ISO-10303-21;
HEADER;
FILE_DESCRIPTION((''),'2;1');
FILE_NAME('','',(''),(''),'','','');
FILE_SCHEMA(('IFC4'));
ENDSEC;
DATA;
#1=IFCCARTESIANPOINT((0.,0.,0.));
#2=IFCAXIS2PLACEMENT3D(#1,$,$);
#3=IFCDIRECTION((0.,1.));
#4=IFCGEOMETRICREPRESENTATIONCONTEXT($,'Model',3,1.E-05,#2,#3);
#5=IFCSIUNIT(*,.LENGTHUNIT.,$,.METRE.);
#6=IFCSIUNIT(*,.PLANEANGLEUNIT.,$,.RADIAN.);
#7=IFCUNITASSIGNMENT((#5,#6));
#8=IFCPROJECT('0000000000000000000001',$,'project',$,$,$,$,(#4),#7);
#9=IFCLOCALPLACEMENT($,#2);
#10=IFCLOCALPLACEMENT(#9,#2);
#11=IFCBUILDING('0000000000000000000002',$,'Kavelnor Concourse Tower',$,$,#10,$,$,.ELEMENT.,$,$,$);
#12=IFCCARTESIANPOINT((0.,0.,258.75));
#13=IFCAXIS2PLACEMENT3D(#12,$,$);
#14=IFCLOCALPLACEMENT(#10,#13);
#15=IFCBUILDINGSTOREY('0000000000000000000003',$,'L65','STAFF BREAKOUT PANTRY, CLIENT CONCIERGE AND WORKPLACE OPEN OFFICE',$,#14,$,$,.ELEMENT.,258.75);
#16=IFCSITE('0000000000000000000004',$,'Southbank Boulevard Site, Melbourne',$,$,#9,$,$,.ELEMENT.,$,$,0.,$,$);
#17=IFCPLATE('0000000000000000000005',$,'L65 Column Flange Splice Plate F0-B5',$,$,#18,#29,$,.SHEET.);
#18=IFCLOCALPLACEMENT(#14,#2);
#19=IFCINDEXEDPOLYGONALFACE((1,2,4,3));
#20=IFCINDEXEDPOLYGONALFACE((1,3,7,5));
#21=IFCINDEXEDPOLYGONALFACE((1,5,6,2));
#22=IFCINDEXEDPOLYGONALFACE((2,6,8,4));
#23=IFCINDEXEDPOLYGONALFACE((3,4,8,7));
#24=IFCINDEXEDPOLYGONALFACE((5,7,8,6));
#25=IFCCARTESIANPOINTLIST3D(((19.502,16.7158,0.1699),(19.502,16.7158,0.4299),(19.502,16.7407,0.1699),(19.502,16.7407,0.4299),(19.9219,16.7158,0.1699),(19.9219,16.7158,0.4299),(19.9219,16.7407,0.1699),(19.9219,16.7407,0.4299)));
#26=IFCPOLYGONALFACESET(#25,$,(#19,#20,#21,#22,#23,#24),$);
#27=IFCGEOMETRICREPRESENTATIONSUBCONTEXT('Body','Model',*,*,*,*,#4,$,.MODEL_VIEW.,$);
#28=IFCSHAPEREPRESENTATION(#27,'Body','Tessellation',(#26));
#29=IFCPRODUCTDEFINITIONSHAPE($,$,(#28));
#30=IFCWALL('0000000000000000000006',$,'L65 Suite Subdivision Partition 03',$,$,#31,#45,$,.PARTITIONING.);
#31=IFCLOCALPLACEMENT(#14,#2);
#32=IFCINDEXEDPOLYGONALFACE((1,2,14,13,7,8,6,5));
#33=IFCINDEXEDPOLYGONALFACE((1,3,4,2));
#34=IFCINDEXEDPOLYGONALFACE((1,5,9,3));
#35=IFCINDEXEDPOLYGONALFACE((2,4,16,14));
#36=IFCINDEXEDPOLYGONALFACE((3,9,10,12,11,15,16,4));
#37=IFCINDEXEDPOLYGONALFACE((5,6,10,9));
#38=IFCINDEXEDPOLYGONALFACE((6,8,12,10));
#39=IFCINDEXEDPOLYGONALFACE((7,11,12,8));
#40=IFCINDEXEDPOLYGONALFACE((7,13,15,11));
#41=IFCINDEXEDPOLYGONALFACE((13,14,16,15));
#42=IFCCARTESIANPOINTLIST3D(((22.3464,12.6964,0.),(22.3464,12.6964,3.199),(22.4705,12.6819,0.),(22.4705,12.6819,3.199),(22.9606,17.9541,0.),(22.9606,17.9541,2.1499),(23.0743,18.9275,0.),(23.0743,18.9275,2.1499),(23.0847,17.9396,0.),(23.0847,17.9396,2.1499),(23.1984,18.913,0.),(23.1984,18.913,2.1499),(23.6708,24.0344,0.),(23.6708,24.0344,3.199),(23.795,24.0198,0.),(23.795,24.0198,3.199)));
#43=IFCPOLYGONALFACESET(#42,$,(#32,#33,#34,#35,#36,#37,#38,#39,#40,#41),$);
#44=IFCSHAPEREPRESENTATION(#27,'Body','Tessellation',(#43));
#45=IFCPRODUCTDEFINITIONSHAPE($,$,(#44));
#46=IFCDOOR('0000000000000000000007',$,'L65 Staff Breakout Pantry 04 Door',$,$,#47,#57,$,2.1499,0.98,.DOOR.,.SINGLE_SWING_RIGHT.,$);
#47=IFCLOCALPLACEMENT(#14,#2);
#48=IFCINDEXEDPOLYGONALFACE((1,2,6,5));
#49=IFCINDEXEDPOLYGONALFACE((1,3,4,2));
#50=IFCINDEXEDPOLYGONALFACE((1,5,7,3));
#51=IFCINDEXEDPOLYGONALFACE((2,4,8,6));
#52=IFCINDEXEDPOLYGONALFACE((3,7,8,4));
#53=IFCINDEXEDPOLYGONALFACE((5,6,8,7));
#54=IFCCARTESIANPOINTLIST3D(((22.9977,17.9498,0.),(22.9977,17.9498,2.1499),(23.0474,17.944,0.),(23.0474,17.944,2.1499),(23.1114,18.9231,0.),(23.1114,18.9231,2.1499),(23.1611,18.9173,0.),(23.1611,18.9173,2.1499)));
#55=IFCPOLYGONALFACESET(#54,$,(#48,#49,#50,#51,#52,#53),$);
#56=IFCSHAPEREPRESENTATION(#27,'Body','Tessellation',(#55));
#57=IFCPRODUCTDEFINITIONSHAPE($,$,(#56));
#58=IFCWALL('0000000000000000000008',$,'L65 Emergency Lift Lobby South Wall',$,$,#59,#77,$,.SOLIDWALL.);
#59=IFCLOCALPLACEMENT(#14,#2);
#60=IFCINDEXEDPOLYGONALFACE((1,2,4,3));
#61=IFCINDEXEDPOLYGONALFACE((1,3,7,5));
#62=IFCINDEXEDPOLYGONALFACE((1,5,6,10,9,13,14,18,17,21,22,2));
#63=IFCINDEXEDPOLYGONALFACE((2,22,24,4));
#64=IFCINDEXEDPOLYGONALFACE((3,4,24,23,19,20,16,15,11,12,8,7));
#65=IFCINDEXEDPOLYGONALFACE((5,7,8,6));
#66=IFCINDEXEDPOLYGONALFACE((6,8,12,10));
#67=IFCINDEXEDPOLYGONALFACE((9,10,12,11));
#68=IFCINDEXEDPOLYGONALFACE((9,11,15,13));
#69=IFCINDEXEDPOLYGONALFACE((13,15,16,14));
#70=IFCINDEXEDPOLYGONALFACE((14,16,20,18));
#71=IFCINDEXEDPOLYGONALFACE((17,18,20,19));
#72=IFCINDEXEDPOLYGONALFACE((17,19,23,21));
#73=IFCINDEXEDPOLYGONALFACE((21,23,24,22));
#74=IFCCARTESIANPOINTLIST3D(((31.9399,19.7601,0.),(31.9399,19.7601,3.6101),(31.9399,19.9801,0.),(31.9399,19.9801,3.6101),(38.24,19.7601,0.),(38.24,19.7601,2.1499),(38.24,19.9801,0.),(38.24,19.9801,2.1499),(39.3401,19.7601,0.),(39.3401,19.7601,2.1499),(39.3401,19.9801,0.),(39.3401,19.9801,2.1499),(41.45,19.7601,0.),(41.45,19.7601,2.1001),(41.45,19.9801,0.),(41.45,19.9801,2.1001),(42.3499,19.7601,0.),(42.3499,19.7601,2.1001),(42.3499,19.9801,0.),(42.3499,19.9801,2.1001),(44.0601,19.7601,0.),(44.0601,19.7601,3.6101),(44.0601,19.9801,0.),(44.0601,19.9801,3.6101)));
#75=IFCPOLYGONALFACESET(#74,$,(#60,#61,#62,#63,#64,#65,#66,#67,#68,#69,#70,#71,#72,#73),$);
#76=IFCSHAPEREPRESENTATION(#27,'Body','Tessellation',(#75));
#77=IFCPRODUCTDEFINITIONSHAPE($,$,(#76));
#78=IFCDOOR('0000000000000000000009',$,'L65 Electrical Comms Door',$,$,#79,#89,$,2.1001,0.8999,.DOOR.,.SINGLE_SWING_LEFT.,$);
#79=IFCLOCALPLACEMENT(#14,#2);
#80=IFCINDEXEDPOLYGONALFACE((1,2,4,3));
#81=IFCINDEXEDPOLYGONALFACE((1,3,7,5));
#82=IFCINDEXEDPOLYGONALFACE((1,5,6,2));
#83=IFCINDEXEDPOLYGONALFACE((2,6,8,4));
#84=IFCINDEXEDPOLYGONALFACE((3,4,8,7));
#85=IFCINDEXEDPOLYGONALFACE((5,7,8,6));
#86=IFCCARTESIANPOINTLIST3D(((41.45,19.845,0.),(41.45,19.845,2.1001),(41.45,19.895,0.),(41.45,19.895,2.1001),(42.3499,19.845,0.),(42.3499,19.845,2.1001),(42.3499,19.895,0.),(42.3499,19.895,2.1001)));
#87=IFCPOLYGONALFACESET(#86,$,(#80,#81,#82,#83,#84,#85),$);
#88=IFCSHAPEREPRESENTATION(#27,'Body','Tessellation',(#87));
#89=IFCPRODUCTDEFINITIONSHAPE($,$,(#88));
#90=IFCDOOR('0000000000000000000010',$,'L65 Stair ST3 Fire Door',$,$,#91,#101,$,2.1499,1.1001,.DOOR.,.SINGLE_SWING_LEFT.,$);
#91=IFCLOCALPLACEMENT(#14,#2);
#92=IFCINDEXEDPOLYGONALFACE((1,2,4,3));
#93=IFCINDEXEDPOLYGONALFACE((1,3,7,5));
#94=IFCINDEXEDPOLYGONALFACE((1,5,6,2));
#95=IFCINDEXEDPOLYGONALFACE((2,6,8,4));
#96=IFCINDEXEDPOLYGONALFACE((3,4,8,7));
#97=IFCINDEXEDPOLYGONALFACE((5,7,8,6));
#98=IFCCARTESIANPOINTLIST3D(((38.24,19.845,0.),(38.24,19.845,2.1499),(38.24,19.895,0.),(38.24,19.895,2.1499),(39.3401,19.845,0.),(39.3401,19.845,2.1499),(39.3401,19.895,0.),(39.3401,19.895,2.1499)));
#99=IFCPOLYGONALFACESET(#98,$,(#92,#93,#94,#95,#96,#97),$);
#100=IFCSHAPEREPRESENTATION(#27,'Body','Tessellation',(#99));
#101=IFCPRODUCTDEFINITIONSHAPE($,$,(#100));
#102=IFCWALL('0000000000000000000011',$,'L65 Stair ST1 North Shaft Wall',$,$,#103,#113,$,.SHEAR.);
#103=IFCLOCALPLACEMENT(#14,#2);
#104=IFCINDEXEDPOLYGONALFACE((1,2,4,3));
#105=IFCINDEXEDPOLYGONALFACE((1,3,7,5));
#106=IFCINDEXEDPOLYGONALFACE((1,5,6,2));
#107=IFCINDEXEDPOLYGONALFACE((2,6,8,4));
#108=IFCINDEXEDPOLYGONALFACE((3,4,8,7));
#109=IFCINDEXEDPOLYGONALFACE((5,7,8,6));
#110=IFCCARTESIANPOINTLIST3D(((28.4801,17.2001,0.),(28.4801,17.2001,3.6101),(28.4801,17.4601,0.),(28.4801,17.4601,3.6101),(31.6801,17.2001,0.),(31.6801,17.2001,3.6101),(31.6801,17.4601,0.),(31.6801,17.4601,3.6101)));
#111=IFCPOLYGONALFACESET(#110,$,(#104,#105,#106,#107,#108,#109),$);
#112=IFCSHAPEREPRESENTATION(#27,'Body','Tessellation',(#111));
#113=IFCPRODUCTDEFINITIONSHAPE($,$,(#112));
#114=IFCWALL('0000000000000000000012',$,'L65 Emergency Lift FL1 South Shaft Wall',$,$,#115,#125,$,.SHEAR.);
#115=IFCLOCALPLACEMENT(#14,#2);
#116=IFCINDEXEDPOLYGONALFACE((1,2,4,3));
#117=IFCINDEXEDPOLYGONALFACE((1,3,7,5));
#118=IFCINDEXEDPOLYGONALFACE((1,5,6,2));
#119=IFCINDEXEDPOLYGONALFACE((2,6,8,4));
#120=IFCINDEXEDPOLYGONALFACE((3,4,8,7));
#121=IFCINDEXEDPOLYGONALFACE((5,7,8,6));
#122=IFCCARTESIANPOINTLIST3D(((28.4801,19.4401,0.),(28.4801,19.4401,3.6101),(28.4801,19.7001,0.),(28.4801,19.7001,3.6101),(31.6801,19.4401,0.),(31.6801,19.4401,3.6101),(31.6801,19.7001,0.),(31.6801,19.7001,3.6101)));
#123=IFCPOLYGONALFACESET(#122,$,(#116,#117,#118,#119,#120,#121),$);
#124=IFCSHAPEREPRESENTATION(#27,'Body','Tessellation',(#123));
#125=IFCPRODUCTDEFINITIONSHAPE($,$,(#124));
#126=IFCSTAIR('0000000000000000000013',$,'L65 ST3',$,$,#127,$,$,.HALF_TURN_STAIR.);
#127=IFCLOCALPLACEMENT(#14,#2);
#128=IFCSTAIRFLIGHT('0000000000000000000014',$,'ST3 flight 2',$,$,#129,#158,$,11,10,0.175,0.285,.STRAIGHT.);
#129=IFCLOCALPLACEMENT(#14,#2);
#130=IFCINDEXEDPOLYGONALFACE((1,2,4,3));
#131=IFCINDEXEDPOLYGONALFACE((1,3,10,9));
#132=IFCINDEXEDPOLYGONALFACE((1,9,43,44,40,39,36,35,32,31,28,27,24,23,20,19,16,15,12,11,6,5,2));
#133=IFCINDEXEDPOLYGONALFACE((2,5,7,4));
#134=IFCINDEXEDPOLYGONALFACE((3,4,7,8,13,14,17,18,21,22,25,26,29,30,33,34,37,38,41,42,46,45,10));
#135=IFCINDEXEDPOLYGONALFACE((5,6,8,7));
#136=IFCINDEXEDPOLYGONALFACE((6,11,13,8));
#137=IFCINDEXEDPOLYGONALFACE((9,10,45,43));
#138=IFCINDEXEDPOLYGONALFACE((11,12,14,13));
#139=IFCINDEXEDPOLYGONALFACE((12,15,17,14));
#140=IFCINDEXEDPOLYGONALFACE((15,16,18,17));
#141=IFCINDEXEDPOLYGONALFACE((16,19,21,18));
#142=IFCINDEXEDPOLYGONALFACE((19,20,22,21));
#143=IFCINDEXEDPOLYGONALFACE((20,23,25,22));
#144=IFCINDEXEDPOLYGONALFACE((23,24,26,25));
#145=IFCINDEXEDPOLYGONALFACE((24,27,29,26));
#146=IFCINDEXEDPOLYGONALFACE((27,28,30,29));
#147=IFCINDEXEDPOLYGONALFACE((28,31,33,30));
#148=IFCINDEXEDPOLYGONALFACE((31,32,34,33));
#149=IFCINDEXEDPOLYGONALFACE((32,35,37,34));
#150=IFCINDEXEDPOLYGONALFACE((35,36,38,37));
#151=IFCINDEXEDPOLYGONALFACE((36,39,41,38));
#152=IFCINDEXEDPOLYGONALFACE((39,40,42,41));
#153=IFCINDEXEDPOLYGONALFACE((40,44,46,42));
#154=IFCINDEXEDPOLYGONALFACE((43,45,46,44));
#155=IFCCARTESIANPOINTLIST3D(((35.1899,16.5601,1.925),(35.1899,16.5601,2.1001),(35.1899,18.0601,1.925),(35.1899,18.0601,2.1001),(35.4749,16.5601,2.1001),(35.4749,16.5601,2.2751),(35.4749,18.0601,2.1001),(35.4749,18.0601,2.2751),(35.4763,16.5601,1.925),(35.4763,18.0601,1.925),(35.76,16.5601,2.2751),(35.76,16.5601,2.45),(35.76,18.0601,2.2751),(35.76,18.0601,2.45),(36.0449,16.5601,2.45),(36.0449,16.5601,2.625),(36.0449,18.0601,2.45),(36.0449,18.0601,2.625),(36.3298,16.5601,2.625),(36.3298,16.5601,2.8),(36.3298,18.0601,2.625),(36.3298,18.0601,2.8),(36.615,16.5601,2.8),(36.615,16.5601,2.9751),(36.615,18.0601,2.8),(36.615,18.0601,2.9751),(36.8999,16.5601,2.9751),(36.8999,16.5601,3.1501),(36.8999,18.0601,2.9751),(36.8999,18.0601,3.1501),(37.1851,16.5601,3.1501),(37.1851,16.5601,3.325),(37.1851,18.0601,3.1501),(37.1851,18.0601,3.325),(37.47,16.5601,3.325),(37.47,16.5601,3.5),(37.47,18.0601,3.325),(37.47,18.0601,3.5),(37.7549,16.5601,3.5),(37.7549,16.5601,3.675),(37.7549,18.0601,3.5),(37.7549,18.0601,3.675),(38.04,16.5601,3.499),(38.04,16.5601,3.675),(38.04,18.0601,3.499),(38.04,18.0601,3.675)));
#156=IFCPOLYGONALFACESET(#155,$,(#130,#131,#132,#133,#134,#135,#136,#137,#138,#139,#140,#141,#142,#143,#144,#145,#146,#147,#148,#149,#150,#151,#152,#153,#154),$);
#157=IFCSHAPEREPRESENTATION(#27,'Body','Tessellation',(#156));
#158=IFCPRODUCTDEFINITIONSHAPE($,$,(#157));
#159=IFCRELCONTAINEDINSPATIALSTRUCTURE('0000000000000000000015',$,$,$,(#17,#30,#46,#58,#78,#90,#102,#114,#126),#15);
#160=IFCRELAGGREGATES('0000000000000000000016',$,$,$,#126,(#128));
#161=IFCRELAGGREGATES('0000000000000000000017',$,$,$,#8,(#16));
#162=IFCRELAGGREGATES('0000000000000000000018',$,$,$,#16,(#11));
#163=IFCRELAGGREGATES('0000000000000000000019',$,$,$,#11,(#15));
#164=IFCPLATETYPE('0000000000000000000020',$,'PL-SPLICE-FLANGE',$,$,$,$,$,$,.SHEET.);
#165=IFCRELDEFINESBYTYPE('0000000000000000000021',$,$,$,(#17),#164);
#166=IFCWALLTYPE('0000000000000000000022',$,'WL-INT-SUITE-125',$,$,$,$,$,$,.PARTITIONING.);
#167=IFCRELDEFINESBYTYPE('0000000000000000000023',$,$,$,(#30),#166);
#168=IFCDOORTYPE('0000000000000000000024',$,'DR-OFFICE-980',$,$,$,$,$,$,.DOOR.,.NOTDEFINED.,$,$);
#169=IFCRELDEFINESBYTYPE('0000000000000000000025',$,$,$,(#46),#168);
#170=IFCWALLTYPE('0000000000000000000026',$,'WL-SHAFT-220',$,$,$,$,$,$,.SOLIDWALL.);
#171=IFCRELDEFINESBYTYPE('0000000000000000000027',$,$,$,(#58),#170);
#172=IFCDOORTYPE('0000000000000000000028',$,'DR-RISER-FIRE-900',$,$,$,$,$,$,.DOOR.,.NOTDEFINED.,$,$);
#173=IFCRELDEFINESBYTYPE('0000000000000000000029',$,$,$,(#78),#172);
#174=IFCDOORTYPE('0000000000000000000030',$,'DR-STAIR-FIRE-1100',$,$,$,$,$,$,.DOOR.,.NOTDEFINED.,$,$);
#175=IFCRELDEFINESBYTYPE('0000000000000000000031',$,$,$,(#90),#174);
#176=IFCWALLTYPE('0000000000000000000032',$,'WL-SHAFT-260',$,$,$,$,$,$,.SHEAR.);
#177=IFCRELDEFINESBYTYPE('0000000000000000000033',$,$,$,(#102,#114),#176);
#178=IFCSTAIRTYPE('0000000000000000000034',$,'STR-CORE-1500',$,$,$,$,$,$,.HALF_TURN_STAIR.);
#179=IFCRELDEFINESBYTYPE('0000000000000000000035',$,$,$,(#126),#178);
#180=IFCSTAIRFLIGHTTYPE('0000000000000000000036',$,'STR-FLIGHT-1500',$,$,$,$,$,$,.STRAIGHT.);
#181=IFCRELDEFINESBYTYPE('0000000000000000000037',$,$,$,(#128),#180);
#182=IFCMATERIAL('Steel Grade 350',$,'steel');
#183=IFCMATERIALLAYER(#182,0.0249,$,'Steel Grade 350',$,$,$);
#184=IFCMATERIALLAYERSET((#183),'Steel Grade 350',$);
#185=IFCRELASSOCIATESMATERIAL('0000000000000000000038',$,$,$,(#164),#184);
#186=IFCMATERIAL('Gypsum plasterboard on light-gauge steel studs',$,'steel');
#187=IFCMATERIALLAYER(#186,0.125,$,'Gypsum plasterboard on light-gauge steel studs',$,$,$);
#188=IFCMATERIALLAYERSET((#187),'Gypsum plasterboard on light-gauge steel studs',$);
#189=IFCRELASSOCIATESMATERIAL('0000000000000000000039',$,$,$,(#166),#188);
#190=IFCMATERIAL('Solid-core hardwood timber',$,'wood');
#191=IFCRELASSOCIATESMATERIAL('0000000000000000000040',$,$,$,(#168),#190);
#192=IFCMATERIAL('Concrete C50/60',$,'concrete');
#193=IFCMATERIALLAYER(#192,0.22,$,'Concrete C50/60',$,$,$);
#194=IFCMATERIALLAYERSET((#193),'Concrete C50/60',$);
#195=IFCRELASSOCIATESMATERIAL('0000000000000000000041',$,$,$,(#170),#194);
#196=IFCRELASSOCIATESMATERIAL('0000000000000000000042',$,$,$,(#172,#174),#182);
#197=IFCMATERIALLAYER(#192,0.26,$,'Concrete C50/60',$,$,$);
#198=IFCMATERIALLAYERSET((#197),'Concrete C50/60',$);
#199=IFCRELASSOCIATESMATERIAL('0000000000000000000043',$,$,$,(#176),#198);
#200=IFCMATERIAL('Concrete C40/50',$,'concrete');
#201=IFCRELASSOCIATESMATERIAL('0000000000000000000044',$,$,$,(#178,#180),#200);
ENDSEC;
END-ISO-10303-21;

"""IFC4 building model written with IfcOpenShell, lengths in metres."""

from ifc_helpers import new_model, si_unit, direction, frame, frame_2d, origin, origin_2d, place, context, subcontext, project, spatial, polyline, rectangle, outline, extrude, material, layer, layer_set, type_object, element, fill, aggregate, save


model = new_model("IFC4")

# Units and contexts
model_context = context("Model", 3, precision=1e-05, world=origin(), true_north=direction((0.0, 1.0)))
body_context = subcontext(model_context, "Body", "Model", "MODEL_VIEW")
ifc_project = project(units=[si_unit("LENGTHUNIT", "METRE"), si_unit("PLANEANGLEUNIT", "RADIAN")], contexts=[model_context])

# Site, building, storey
site_placement = place(None, origin())
site = spatial("IfcSite", under=ifc_project, at=site_placement, Name="Southbank Boulevard Site, Melbourne", CompositionType="ELEMENT", RefElevation=0.0)
building_placement = place(site_placement, origin())
building = spatial("IfcBuilding", under=site, at=building_placement, Name="Kavelnor Concourse Tower", CompositionType="ELEMENT")
storey_placement = place(building_placement, frame((0.0, 0.0, 258.75)))
storey = spatial("IfcBuildingStorey", under=building, at=storey_placement, Name="L65", Description="STAFF BREAKOUT PANTRY, CLIENT CONCIERGE AND WORKPLACE OPEN OFFICE", CompositionType="ELEMENT", Elevation=258.75)

# Shared definitions
ifc_material_1 = material(Name="Steel Grade 350", Category="steel")

# Plate
ifc_layer_1 = layer(ifc_material_1, 0.0249, Name="Steel Grade 350")
ifc_layer_set_1 = layer_set([ifc_layer_1], Name="Steel Grade 350")
plate_type_1 = type_object("IfcPlateType", Name="PL-SPLICE-FLANGE", PredefinedType="SHEET", material=ifc_layer_set_1)
plate_placement = place(storey_placement, frame((19.7119, 16.7283, 0.1699), z_axis=(0.0, 0.0, 1.0), x_axis=(1.0, 0.0, 0.0)))
element("IfcPlate", 1, at=plate_placement, inside=storey, type_object=plate_type_1, Name="L65 Column Flange Splice Plate F0-B5", PredefinedType="SHEET", context=body_context, shape_type="SweptSolid", body=[
    extrude(rectangle(XDim=0.4199, YDim=0.0249, at=origin_2d()), origin(), (0.0, 0.0, 1.0), 0.26),
])

# Shared definitions
ifc_material_2 = material(Name="Concrete C50/60", Category="concrete")

# Wall, opening, door
ifc_material_3 = material(Name="Gypsum plasterboard on light-gauge steel studs", Category="steel")
ifc_layer_2 = layer(ifc_material_3, 0.125, Name="Gypsum plasterboard on light-gauge steel studs")
ifc_layer_set_2 = layer_set([ifc_layer_2], Name="Gypsum plasterboard on light-gauge steel studs")
wall_type_1 = type_object("IfcWallType", Name="WL-INT-SUITE-125", PredefinedType="PARTITIONING", material=ifc_layer_set_2)
wall_1_placement = place(storey_placement, frame((23.7329, 24.0271, 0.0), z_axis=(0.0, 0.0, 1.0), x_axis=(-0.116028, -0.993246, 0.0)))
wall_1 = element("IfcWall", 2, at=wall_1_placement, inside=storey, type_object=wall_type_1, Name="L65 Suite Subdivision Partition 03", PredefinedType="PARTITIONING", context=body_context, shape_type="SweptSolid", body=[
    extrude(rectangle(XDim=11.415, YDim=0.125, at=frame_2d((5.7075, 0.0))), origin(), (0.0, 0.0, 1.0), 3.199),
])
opening_1_placement = place(wall_1_placement, frame((5.1416, 0.0, 0.0)))
opening_1 = element("IfcOpeningElement", 3, at=opening_1_placement, cuts=wall_1, PredefinedType="OPENING", context=body_context, shape_type="SweptSolid", body=[
    extrude(rectangle(XDim=0.98, YDim=2.1499, at=frame_2d((0.49, 1.075))), frame((0.0, 0.0725, 0.0), z_axis=(0.0, -1.0, 0.0), x_axis=(1.0, 0.0, 0.0)), (0.0, 0.0, 1.0), 0.145),
])
ifc_material_4 = material(Name="Solid-core hardwood timber", Category="wood")
door_type_1 = type_object("IfcDoorType", Name="DR-OFFICE-980", OperationType="NOTDEFINED", PredefinedType="DOOR", material=ifc_material_4)
door_1_placement = place(opening_1_placement, origin())
door_1 = element("IfcDoor", 4, at=door_1_placement, inside=storey, type_object=door_type_1, Name="L65 Staff Breakout Pantry 04 Door", OperationType="SINGLE_SWING_RIGHT", OverallHeight=2.1499, OverallWidth=0.98, PredefinedType="DOOR", context=body_context, shape_type="SweptSolid", body=[
    extrude(rectangle(XDim=0.98, YDim=2.1499, at=frame_2d((0.49, 1.075))), frame((0.0, 0.0249, 0.0), z_axis=(0.0, -1.0, 0.0), x_axis=(1.0, 0.0, 0.0)), (0.0, 0.0, 1.0), 0.05),
])
fill(opening_1, door_1)

# Wall, openings, doors
ifc_layer_3 = layer(ifc_material_2, 0.22, Name="Concrete C50/60")
ifc_layer_set_3 = layer_set([ifc_layer_3], Name="Concrete C50/60")
wall_type_2 = type_object("IfcWallType", Name="WL-SHAFT-220", PredefinedType="SOLIDWALL", material=ifc_layer_set_3)
wall_2_placement = place(storey_placement, frame((31.9399, 19.8701, 0.0), z_axis=(0.0, 0.0, 1.0), x_axis=(1.0, 0.0, 0.0)))
wall_2 = element("IfcWall", 5, at=wall_2_placement, inside=storey, type_object=wall_type_2, Name="L65 Emergency Lift Lobby South Wall", PredefinedType="SOLIDWALL", context=body_context, shape_type="SweptSolid", body=[
    extrude(rectangle(XDim=12.1201, YDim=0.22, at=frame_2d((6.0601, 0.0))), origin(), (0.0, 0.0, 1.0), 3.6101),
])
opening_2_placement = place(wall_2_placement, frame((6.3, 0.0, 0.0)))
opening_2 = element("IfcOpeningElement", 6, at=opening_2_placement, cuts=wall_2, PredefinedType="OPENING", context=body_context, shape_type="SweptSolid", body=[
    extrude(rectangle(XDim=1.1001, YDim=2.1499, at=frame_2d((0.55, 1.075))), frame((0.0, 0.1201, 0.0), z_axis=(0.0, -1.0, 0.0), x_axis=(1.0, 0.0, 0.0)), (0.0, 0.0, 1.0), 0.24),
])
opening_3_placement = place(wall_2_placement, frame((9.51, 0.0, 0.0)))
opening_3 = element("IfcOpeningElement", 7, at=opening_3_placement, cuts=wall_2, PredefinedType="OPENING", context=body_context, shape_type="SweptSolid", body=[
    extrude(rectangle(XDim=0.8999, YDim=2.1001, at=frame_2d((0.45, 1.05))), frame((0.0, 0.1201, 0.0), z_axis=(0.0, -1.0, 0.0), x_axis=(1.0, 0.0, 0.0)), (0.0, 0.0, 1.0), 0.24),
])
door_type_2 = type_object("IfcDoorType", Name="DR-RISER-FIRE-900", OperationType="NOTDEFINED", PredefinedType="DOOR", material=ifc_material_1)
door_2_placement = place(opening_3_placement, origin())
door_2 = element("IfcDoor", 8, at=door_2_placement, inside=storey, type_object=door_type_2, Name="L65 Electrical Comms Door", OperationType="SINGLE_SWING_LEFT", OverallHeight=2.1001, OverallWidth=0.8999, PredefinedType="DOOR", context=body_context, shape_type="SweptSolid", body=[
    extrude(rectangle(XDim=0.8999, YDim=2.1001, at=frame_2d((0.45, 1.05))), frame((0.0, 0.0249, 0.0), z_axis=(0.0, -1.0, 0.0), x_axis=(1.0, 0.0, 0.0)), (0.0, 0.0, 1.0), 0.05),
])
fill(opening_3, door_2)
door_type_3 = type_object("IfcDoorType", Name="DR-STAIR-FIRE-1100", OperationType="NOTDEFINED", PredefinedType="DOOR", material=ifc_material_1)
door_3_placement = place(opening_2_placement, origin())
door_3 = element("IfcDoor", 9, at=door_3_placement, inside=storey, type_object=door_type_3, Name="L65 Stair ST3 Fire Door", OperationType="SINGLE_SWING_LEFT", OverallHeight=2.1499, OverallWidth=1.1001, PredefinedType="DOOR", context=body_context, shape_type="SweptSolid", body=[
    extrude(rectangle(XDim=1.1001, YDim=2.1499, at=frame_2d((0.55, 1.075))), frame((0.0, 0.0249, 0.0), z_axis=(0.0, -1.0, 0.0), x_axis=(1.0, 0.0, 0.0)), (0.0, 0.0, 1.0), 0.05),
])
fill(opening_2, door_3)

# Walls
ifc_layer_4 = layer(ifc_material_2, 0.26, Name="Concrete C50/60")
ifc_layer_set_4 = layer_set([ifc_layer_4], Name="Concrete C50/60")
wall_type_3 = type_object("IfcWallType", Name="WL-SHAFT-260", PredefinedType="SHEAR", material=ifc_layer_set_4)
for number, where, z_axis, x_axis, name in (
    (10, (28.48, 17.3301, 0.0), (0.0, 0.0, 1.0), (1.0, 0.0, 0.0), "L65 Stair ST1 North Shaft Wall"),
    (11, (28.48, 19.5701, 0.0), (0.0, 0.0, 1.0), (1.0, 0.0, 0.0), "L65 Emergency Lift FL1 South Shaft Wall"),
):
    element("IfcWall", number, at=place(storey_placement, frame(where, z_axis=z_axis, x_axis=x_axis)), inside=storey, type_object=wall_type_3, Name=name, PredefinedType="SHEAR", context=body_context, shape_type="SweptSolid", body=[
        extrude(rectangle(XDim=3.2, YDim=0.26, at=frame_2d((1.6001, 0.0))), origin(), (0.0, 0.0, 1.0), 3.6101),
    ])

# Stair, stair flight
ifc_material_5 = material(Name="Concrete C40/50", Category="concrete")
stair_type = type_object("IfcStairType", Name="STR-CORE-1500", PredefinedType="HALF_TURN_STAIR", material=ifc_material_5)
stair_placement = place(storey_placement, origin())
stair = element("IfcStair", 12, at=stair_placement, inside=storey, type_object=stair_type, Name="L65 ST3", PredefinedType="HALF_TURN_STAIR")
stair_flight_type = type_object("IfcStairFlightType", Name="STR-FLIGHT-1500", PredefinedType="STRAIGHT", material=ifc_material_5)
stair_flight_placement = place(storey_placement, frame((35.1899, 17.3101, 1.925), z_axis=(0.0, 0.0, 1.0), x_axis=(1.0, 0.0, 0.0)))
stair_flight = element("IfcStairFlight", 13, at=stair_flight_placement, type_object=stair_flight_type, Name="ST3 flight 2", NumberOfRisers=11, NumberOfTreads=10, PredefinedType="STRAIGHT", RiserHeight=0.175, TreadLength=0.285, context=body_context, shape_type="SweptSolid", body=[
    extrude(outline(polyline([(0.0, 0.0), (0.0, 0.175), (0.2849, 0.175), (0.2849, 0.3501), (0.5701, 0.3501), (0.5701, 0.5249), (0.855, 0.5249), (0.855, 0.7), (1.1399, 0.7), (1.1399, 0.875), (1.425, 0.875), (1.425, 1.05), (1.71, 1.05), (1.71, 1.2251), (1.9951, 1.2251), (1.9951, 1.3999), (2.28, 1.3999), (2.28, 1.575), (2.5649, 1.575), (2.5649, 1.75), (2.8501, 1.75), (2.8501, 1.925), (2.8501, 1.574), (0.2864, 0.0), (0.0, 0.0)])), frame((0.0, 0.75, 0.0), z_axis=(0.0, -1.0, 0.0), x_axis=(1.0, 0.0, 0.0)), (0.0, 0.0, 1.0), 1.5),
])
aggregate(stair, [stair_flight])

save(model, "model.ifc")
